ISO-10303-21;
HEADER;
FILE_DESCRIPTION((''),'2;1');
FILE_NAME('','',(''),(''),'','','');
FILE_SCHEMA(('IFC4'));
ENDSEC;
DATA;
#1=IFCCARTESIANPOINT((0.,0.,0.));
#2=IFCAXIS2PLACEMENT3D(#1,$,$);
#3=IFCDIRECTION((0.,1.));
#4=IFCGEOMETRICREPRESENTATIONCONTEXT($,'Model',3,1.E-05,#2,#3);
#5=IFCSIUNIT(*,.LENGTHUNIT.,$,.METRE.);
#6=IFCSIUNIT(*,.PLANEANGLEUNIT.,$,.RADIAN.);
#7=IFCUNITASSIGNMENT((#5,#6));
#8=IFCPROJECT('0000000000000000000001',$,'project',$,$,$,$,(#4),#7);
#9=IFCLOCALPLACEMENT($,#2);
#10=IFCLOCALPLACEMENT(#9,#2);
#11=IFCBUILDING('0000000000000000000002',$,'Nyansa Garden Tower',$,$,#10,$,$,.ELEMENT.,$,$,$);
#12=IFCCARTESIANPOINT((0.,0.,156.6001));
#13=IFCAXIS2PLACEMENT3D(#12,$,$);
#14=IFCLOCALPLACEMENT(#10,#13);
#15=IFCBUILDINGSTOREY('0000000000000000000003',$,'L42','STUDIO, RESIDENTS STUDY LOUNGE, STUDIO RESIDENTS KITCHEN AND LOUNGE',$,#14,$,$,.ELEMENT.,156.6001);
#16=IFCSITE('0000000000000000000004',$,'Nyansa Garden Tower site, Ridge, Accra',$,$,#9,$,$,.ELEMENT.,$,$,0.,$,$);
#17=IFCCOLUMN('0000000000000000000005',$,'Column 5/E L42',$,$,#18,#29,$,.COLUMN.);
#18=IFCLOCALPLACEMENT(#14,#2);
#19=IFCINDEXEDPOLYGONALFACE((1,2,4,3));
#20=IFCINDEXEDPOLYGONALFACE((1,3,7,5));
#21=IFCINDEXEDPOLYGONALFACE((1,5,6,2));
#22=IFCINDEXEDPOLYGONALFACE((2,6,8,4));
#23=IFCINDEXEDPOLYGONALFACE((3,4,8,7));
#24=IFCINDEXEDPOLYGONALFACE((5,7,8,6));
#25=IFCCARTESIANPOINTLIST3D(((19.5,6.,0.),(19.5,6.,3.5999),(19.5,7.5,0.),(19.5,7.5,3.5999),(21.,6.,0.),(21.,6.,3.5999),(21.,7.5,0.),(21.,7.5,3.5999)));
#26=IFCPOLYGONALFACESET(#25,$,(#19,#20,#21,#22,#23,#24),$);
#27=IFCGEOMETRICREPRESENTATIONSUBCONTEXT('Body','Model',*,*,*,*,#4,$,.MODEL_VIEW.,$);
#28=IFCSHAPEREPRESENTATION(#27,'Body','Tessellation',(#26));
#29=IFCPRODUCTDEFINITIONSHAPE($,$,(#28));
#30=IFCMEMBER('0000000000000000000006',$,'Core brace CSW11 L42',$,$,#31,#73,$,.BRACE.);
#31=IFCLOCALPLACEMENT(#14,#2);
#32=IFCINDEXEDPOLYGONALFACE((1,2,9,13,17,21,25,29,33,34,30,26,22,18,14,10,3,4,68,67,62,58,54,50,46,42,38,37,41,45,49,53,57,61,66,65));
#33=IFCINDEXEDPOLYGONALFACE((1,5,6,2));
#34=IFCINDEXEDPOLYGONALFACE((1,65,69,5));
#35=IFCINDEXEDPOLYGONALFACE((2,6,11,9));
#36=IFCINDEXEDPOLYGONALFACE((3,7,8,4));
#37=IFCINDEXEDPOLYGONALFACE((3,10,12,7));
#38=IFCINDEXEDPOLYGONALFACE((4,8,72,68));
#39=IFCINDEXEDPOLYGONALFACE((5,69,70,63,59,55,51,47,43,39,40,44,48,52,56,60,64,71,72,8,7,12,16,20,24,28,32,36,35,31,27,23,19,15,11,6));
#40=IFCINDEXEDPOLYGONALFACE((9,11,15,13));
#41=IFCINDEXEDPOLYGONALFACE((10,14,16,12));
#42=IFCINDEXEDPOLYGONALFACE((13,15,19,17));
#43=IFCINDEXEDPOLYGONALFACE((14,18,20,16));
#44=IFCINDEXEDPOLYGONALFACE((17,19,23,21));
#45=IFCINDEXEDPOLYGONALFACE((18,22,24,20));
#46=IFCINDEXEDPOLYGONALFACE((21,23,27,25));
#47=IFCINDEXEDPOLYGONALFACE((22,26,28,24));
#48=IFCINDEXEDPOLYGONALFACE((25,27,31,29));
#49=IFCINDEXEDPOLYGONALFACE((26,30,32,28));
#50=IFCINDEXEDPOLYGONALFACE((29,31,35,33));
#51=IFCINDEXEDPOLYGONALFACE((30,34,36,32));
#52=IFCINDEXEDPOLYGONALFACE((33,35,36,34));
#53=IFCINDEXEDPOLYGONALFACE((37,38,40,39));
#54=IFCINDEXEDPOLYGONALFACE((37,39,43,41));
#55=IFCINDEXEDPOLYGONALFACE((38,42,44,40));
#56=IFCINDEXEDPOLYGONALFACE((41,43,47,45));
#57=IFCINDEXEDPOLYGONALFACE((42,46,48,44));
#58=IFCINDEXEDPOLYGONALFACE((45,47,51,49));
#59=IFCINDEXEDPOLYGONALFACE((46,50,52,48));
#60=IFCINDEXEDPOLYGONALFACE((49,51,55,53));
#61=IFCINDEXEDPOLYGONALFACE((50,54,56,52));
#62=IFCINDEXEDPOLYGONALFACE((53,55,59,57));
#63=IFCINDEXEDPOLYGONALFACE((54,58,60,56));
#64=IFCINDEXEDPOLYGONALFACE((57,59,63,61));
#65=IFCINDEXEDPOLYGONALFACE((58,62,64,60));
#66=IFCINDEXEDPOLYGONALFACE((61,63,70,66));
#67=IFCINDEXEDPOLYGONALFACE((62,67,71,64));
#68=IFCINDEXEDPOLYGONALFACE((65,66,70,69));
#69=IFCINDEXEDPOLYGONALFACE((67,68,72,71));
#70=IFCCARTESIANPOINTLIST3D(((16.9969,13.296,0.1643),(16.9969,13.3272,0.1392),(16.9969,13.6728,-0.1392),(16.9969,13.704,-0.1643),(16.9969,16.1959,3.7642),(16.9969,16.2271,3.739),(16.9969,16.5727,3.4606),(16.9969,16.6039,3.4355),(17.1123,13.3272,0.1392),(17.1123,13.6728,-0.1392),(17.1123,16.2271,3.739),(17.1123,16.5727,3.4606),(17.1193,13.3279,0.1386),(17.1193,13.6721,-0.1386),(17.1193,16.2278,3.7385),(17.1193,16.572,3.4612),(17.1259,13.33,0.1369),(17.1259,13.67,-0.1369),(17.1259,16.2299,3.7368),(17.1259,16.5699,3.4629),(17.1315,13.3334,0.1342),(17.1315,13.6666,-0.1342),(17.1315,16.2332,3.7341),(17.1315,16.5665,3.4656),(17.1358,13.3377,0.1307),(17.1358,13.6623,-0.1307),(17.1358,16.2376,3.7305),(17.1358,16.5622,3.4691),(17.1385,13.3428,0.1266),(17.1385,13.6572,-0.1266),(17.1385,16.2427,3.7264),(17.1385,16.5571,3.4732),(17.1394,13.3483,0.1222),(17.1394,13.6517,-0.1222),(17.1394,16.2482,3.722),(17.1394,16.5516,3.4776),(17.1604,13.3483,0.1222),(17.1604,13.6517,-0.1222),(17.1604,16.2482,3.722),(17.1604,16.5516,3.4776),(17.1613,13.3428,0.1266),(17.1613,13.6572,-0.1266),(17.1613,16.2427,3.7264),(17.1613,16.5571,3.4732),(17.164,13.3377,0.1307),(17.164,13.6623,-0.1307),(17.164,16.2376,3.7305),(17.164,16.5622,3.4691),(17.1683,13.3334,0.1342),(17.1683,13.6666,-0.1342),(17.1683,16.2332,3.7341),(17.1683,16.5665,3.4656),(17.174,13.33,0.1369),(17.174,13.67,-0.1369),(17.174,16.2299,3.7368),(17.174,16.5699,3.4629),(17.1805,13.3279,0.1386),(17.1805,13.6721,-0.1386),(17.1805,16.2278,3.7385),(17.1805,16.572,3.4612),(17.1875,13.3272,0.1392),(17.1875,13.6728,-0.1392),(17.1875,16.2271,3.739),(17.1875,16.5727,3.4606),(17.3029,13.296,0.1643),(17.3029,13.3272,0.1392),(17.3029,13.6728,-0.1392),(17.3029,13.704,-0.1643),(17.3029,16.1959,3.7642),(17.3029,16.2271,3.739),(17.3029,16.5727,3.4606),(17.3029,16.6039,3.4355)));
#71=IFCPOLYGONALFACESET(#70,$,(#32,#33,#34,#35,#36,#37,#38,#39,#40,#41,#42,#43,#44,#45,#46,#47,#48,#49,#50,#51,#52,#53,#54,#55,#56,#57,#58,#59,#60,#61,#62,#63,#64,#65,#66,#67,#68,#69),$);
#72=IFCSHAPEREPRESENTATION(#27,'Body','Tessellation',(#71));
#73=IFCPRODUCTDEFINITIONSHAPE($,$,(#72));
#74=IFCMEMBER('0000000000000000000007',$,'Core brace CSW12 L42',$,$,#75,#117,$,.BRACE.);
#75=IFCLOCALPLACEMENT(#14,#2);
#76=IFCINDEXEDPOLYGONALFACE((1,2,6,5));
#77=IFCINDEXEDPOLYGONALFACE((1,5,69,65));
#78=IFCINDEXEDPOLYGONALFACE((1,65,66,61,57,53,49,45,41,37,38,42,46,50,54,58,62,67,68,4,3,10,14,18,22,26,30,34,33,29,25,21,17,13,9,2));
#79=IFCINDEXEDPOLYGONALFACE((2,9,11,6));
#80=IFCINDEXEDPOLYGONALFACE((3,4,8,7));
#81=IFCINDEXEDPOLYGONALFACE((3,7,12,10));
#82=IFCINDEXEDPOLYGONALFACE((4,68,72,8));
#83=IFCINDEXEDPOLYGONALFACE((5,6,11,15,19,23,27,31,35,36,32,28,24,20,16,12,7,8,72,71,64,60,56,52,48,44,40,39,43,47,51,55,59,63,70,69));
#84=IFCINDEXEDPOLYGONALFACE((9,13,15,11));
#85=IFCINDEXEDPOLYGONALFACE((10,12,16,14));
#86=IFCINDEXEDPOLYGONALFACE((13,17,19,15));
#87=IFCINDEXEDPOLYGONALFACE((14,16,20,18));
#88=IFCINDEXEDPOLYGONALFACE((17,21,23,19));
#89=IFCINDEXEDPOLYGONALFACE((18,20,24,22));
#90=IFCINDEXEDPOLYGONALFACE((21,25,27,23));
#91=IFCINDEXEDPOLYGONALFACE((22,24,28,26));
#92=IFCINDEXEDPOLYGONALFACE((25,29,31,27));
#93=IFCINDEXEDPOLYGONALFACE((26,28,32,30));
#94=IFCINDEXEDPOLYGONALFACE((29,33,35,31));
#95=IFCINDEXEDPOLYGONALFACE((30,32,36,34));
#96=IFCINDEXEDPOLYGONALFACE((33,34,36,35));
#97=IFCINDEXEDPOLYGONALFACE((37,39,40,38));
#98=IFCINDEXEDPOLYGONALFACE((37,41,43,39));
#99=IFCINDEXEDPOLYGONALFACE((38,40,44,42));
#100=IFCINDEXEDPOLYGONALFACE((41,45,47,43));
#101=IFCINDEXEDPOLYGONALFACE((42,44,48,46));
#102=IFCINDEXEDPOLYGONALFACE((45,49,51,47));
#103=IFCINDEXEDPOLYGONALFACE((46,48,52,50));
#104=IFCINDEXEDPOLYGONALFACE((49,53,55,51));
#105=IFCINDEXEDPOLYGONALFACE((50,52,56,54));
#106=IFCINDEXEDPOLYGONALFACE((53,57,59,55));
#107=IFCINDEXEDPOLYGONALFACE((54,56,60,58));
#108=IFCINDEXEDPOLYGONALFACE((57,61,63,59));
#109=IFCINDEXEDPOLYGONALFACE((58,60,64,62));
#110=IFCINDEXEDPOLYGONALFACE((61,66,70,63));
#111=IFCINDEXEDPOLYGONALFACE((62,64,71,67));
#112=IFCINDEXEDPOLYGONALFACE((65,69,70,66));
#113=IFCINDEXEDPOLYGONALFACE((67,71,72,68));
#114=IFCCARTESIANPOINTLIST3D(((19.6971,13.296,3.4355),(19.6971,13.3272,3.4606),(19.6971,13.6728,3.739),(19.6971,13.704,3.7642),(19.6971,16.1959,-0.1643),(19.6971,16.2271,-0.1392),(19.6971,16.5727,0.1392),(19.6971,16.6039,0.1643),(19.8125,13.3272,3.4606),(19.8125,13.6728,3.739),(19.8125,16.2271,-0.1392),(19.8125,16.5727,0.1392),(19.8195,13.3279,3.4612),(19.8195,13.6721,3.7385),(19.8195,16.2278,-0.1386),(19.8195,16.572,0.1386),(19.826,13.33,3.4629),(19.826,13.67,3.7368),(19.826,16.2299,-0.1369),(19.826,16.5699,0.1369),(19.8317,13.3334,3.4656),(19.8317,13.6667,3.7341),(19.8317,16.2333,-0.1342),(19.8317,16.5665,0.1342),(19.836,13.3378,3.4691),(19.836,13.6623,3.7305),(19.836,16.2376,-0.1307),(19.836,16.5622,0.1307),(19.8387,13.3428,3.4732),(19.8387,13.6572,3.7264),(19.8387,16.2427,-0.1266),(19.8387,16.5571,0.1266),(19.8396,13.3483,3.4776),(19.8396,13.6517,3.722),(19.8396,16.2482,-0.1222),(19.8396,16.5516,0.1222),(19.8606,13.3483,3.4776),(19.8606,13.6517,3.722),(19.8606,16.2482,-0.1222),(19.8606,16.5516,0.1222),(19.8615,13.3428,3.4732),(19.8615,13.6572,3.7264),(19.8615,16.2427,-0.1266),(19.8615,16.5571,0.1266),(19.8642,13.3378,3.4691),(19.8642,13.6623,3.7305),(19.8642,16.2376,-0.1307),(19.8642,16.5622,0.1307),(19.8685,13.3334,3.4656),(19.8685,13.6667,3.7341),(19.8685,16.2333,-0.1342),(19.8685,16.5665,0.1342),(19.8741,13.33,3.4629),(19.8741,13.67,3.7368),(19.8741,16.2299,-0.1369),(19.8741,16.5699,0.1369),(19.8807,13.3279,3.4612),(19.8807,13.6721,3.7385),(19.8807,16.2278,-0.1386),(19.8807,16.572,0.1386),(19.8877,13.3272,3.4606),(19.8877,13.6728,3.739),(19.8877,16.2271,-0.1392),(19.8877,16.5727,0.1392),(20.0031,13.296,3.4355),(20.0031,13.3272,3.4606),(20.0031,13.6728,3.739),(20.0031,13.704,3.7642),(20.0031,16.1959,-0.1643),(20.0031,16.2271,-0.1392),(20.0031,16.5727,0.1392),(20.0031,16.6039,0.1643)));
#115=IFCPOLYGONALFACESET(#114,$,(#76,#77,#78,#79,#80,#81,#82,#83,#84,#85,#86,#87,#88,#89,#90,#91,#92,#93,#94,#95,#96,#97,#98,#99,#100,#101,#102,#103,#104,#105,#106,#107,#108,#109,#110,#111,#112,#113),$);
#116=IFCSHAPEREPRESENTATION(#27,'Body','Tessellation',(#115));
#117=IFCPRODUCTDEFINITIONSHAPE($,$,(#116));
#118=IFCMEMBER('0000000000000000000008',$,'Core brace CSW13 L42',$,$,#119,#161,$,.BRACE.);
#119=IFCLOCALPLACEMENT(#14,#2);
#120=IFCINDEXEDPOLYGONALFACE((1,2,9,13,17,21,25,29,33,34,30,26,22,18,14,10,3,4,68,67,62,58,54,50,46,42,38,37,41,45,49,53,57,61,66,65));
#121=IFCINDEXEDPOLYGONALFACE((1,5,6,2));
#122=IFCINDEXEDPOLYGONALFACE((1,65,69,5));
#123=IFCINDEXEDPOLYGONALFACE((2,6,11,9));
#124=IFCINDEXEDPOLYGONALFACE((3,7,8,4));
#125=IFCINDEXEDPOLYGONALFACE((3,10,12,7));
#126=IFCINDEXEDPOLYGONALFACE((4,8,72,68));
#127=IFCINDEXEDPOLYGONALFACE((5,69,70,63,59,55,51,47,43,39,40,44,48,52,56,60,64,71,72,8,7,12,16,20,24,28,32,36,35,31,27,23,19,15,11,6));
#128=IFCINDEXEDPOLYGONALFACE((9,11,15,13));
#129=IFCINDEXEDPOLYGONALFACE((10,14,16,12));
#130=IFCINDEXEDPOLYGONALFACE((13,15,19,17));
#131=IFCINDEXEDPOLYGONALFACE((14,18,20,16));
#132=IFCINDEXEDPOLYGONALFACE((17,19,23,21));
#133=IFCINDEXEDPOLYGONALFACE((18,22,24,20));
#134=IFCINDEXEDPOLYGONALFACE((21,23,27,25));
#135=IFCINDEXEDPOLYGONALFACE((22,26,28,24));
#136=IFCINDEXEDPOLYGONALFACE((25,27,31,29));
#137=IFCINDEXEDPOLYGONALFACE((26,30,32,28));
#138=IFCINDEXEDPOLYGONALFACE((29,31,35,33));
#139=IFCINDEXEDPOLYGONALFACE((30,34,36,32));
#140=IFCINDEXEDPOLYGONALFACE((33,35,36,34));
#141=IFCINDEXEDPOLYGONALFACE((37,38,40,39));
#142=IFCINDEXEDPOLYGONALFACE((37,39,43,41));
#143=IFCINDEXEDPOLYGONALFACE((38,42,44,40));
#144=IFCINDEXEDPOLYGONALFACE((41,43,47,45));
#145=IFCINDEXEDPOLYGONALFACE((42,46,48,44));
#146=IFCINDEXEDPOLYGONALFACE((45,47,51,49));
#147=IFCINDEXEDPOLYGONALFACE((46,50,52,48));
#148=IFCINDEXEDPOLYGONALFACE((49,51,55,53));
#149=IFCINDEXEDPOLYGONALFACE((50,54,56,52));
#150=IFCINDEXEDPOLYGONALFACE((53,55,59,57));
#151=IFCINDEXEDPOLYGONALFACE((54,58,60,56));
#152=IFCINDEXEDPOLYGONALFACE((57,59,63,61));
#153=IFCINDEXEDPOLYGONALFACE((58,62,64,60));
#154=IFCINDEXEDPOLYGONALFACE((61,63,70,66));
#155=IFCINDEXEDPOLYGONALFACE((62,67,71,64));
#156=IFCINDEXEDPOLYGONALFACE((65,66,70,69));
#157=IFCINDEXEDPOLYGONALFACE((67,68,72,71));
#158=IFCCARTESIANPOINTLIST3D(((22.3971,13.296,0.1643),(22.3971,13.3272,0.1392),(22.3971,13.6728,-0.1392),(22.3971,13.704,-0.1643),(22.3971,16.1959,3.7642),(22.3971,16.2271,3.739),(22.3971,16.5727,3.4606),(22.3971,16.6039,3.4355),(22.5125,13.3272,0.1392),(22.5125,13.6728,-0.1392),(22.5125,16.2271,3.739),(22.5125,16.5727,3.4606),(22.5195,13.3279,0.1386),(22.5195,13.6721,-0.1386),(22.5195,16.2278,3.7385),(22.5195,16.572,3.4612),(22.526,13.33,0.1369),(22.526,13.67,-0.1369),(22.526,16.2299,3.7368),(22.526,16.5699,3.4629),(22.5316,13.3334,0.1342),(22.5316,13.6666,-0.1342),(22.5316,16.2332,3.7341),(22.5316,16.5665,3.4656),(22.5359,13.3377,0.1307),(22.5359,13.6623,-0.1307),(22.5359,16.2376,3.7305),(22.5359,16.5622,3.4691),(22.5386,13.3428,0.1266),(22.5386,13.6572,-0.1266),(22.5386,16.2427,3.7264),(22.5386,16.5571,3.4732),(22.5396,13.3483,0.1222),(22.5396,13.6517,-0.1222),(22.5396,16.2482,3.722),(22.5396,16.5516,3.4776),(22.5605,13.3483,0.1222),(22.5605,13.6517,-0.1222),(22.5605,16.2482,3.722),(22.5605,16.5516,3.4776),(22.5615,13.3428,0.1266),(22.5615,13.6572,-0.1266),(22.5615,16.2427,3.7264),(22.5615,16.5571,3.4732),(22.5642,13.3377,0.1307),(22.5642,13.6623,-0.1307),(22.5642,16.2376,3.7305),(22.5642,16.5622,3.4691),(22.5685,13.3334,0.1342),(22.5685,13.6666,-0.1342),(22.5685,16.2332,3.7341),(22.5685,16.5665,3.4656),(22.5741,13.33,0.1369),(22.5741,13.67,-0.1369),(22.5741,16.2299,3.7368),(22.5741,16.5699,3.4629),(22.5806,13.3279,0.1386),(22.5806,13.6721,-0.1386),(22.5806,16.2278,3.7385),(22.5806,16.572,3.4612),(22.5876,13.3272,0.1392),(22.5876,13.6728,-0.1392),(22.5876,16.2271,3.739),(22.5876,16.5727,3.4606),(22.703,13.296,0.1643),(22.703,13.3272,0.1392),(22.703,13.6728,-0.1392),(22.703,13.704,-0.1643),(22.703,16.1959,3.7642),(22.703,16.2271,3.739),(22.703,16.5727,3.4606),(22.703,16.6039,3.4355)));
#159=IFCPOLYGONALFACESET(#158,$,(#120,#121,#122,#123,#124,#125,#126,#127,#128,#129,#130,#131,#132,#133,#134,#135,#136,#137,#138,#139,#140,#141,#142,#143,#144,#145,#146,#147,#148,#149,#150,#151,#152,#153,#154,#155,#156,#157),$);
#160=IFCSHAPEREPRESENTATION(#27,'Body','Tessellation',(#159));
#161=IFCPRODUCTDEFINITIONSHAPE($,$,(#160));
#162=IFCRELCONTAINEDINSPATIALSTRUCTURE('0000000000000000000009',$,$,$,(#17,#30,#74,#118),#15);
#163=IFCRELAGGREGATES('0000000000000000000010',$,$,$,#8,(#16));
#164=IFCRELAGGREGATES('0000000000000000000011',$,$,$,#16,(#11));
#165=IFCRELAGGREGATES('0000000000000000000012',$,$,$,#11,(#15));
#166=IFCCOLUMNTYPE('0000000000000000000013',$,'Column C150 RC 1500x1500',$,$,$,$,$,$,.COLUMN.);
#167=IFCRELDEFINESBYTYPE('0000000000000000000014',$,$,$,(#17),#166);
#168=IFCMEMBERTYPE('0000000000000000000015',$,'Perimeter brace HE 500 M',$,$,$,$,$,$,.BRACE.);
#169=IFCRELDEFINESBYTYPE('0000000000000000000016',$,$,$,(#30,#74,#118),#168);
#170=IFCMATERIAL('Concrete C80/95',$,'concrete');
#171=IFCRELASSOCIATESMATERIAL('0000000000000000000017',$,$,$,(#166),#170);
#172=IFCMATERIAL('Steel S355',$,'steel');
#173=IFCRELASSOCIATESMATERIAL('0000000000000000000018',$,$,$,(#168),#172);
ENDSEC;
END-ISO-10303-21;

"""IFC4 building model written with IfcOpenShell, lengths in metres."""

from ifc_helpers import new_model, si_unit, direction, frame, origin, origin_2d, place, context, subcontext, project, spatial, rectangle, i_section, extrude, material, material_profile, profile_set, type_object, element, save


model = new_model("IFC4")

# Units and contexts
model_context = context("Model", 3, precision=1e-05, world=origin(), true_north=direction((0.0, 1.0)))
body_context = subcontext(model_context, "Body", "Model", "MODEL_VIEW")
ifc_project = project(units=[si_unit("LENGTHUNIT", "METRE"), si_unit("PLANEANGLEUNIT", "RADIAN")], contexts=[model_context])

# Site, building, storey
site_placement = place(None, origin())
site = spatial("IfcSite", under=ifc_project, at=site_placement, Name="Nyansa Garden Tower site, Ridge, Accra", CompositionType="ELEMENT", RefElevation=0.0)
building_placement = place(site_placement, origin())
building = spatial("IfcBuilding", under=site, at=building_placement, Name="Nyansa Garden Tower", CompositionType="ELEMENT")
storey_placement = place(building_placement, frame((0.0, 0.0, 156.6001)))
storey = spatial("IfcBuildingStorey", under=building, at=storey_placement, Name="L42", Description="STUDIO, RESIDENTS STUDY LOUNGE, STUDIO RESIDENTS KITCHEN AND LOUNGE", CompositionType="ELEMENT", Elevation=156.6001)

# Column
ifc_material_1 = material(Name="Concrete C80/95", Category="concrete")
ifc_material_profile_1 = material_profile(ifc_material_1, rectangle(XDim=1.5, YDim=1.5, at=origin_2d()), Name="RC 1500x1500")
ifc_profile_set_1 = profile_set([ifc_material_profile_1], Name="Concrete C80/95")
column_type = type_object("IfcColumnType", Name="Column C150 RC 1500x1500", PredefinedType="COLUMN", material=ifc_profile_set_1)
column_placement = place(storey_placement, frame((20.25, 6.75, 0.0), z_axis=(0.0, 0.0, 1.0), x_axis=(1.0, 0.0, 0.0)))
element("IfcColumn", 1, at=column_placement, inside=storey, type_object=column_type, Name="Column 5/E L42", PredefinedType="COLUMN", context=body_context, shape_type="SweptSolid", body=[
    extrude(rectangle(XDim=1.5, YDim=1.5, at=origin_2d()), origin(), (0.0, 0.0, 1.0), 3.5999),
])

# Members
ifc_material_2 = material(Name="Steel S355", Category="steel")
ifc_material_profile_2 = material_profile(ifc_material_2, i_section(OverallWidth=0.3059, OverallDepth=0.5239, WebThickness=0.021, FlangeThickness=0.04, FilletRadius=0.0271, at=origin_2d()), Name="HE 500 M")
ifc_profile_set_2 = profile_set([ifc_material_profile_2], Name="Steel S355")
member_type = type_object("IfcMemberType", Name="Perimeter brace HE 500 M", PredefinedType="BRACE", material=ifc_profile_set_2)
for number, where, z_axis, x_axis, name in (
    (2, (17.1499, 13.5, 0.0), (0.0, 0.627332, 0.778752), (-1.0, 0.0, 0.0), "Core brace CSW11 L42"),
    (3, (19.8501, 16.3999, 0.0), (0.0, -0.627332, 0.778752), (1.0, 0.0, 0.0), "Core brace CSW12 L42"),
    (4, (22.55, 13.5, 0.0), (0.0, 0.627332, 0.778752), (-1.0, 0.0, 0.0), "Core brace CSW13 L42"),
):
    element("IfcMember", number, at=place(storey_placement, frame(where, z_axis=z_axis, x_axis=x_axis)), inside=storey, type_object=member_type, Name=name, PredefinedType="BRACE", context=body_context, shape_type="SweptSolid", body=[
        extrude(i_section(OverallWidth=0.3059, OverallDepth=0.5239, WebThickness=0.021, FlangeThickness=0.04, FilletRadius=0.0271, at=origin_2d()), origin(), (0.0, 0.0, 1.0), 4.6226),
    ])

save(model, "model.ifc")
